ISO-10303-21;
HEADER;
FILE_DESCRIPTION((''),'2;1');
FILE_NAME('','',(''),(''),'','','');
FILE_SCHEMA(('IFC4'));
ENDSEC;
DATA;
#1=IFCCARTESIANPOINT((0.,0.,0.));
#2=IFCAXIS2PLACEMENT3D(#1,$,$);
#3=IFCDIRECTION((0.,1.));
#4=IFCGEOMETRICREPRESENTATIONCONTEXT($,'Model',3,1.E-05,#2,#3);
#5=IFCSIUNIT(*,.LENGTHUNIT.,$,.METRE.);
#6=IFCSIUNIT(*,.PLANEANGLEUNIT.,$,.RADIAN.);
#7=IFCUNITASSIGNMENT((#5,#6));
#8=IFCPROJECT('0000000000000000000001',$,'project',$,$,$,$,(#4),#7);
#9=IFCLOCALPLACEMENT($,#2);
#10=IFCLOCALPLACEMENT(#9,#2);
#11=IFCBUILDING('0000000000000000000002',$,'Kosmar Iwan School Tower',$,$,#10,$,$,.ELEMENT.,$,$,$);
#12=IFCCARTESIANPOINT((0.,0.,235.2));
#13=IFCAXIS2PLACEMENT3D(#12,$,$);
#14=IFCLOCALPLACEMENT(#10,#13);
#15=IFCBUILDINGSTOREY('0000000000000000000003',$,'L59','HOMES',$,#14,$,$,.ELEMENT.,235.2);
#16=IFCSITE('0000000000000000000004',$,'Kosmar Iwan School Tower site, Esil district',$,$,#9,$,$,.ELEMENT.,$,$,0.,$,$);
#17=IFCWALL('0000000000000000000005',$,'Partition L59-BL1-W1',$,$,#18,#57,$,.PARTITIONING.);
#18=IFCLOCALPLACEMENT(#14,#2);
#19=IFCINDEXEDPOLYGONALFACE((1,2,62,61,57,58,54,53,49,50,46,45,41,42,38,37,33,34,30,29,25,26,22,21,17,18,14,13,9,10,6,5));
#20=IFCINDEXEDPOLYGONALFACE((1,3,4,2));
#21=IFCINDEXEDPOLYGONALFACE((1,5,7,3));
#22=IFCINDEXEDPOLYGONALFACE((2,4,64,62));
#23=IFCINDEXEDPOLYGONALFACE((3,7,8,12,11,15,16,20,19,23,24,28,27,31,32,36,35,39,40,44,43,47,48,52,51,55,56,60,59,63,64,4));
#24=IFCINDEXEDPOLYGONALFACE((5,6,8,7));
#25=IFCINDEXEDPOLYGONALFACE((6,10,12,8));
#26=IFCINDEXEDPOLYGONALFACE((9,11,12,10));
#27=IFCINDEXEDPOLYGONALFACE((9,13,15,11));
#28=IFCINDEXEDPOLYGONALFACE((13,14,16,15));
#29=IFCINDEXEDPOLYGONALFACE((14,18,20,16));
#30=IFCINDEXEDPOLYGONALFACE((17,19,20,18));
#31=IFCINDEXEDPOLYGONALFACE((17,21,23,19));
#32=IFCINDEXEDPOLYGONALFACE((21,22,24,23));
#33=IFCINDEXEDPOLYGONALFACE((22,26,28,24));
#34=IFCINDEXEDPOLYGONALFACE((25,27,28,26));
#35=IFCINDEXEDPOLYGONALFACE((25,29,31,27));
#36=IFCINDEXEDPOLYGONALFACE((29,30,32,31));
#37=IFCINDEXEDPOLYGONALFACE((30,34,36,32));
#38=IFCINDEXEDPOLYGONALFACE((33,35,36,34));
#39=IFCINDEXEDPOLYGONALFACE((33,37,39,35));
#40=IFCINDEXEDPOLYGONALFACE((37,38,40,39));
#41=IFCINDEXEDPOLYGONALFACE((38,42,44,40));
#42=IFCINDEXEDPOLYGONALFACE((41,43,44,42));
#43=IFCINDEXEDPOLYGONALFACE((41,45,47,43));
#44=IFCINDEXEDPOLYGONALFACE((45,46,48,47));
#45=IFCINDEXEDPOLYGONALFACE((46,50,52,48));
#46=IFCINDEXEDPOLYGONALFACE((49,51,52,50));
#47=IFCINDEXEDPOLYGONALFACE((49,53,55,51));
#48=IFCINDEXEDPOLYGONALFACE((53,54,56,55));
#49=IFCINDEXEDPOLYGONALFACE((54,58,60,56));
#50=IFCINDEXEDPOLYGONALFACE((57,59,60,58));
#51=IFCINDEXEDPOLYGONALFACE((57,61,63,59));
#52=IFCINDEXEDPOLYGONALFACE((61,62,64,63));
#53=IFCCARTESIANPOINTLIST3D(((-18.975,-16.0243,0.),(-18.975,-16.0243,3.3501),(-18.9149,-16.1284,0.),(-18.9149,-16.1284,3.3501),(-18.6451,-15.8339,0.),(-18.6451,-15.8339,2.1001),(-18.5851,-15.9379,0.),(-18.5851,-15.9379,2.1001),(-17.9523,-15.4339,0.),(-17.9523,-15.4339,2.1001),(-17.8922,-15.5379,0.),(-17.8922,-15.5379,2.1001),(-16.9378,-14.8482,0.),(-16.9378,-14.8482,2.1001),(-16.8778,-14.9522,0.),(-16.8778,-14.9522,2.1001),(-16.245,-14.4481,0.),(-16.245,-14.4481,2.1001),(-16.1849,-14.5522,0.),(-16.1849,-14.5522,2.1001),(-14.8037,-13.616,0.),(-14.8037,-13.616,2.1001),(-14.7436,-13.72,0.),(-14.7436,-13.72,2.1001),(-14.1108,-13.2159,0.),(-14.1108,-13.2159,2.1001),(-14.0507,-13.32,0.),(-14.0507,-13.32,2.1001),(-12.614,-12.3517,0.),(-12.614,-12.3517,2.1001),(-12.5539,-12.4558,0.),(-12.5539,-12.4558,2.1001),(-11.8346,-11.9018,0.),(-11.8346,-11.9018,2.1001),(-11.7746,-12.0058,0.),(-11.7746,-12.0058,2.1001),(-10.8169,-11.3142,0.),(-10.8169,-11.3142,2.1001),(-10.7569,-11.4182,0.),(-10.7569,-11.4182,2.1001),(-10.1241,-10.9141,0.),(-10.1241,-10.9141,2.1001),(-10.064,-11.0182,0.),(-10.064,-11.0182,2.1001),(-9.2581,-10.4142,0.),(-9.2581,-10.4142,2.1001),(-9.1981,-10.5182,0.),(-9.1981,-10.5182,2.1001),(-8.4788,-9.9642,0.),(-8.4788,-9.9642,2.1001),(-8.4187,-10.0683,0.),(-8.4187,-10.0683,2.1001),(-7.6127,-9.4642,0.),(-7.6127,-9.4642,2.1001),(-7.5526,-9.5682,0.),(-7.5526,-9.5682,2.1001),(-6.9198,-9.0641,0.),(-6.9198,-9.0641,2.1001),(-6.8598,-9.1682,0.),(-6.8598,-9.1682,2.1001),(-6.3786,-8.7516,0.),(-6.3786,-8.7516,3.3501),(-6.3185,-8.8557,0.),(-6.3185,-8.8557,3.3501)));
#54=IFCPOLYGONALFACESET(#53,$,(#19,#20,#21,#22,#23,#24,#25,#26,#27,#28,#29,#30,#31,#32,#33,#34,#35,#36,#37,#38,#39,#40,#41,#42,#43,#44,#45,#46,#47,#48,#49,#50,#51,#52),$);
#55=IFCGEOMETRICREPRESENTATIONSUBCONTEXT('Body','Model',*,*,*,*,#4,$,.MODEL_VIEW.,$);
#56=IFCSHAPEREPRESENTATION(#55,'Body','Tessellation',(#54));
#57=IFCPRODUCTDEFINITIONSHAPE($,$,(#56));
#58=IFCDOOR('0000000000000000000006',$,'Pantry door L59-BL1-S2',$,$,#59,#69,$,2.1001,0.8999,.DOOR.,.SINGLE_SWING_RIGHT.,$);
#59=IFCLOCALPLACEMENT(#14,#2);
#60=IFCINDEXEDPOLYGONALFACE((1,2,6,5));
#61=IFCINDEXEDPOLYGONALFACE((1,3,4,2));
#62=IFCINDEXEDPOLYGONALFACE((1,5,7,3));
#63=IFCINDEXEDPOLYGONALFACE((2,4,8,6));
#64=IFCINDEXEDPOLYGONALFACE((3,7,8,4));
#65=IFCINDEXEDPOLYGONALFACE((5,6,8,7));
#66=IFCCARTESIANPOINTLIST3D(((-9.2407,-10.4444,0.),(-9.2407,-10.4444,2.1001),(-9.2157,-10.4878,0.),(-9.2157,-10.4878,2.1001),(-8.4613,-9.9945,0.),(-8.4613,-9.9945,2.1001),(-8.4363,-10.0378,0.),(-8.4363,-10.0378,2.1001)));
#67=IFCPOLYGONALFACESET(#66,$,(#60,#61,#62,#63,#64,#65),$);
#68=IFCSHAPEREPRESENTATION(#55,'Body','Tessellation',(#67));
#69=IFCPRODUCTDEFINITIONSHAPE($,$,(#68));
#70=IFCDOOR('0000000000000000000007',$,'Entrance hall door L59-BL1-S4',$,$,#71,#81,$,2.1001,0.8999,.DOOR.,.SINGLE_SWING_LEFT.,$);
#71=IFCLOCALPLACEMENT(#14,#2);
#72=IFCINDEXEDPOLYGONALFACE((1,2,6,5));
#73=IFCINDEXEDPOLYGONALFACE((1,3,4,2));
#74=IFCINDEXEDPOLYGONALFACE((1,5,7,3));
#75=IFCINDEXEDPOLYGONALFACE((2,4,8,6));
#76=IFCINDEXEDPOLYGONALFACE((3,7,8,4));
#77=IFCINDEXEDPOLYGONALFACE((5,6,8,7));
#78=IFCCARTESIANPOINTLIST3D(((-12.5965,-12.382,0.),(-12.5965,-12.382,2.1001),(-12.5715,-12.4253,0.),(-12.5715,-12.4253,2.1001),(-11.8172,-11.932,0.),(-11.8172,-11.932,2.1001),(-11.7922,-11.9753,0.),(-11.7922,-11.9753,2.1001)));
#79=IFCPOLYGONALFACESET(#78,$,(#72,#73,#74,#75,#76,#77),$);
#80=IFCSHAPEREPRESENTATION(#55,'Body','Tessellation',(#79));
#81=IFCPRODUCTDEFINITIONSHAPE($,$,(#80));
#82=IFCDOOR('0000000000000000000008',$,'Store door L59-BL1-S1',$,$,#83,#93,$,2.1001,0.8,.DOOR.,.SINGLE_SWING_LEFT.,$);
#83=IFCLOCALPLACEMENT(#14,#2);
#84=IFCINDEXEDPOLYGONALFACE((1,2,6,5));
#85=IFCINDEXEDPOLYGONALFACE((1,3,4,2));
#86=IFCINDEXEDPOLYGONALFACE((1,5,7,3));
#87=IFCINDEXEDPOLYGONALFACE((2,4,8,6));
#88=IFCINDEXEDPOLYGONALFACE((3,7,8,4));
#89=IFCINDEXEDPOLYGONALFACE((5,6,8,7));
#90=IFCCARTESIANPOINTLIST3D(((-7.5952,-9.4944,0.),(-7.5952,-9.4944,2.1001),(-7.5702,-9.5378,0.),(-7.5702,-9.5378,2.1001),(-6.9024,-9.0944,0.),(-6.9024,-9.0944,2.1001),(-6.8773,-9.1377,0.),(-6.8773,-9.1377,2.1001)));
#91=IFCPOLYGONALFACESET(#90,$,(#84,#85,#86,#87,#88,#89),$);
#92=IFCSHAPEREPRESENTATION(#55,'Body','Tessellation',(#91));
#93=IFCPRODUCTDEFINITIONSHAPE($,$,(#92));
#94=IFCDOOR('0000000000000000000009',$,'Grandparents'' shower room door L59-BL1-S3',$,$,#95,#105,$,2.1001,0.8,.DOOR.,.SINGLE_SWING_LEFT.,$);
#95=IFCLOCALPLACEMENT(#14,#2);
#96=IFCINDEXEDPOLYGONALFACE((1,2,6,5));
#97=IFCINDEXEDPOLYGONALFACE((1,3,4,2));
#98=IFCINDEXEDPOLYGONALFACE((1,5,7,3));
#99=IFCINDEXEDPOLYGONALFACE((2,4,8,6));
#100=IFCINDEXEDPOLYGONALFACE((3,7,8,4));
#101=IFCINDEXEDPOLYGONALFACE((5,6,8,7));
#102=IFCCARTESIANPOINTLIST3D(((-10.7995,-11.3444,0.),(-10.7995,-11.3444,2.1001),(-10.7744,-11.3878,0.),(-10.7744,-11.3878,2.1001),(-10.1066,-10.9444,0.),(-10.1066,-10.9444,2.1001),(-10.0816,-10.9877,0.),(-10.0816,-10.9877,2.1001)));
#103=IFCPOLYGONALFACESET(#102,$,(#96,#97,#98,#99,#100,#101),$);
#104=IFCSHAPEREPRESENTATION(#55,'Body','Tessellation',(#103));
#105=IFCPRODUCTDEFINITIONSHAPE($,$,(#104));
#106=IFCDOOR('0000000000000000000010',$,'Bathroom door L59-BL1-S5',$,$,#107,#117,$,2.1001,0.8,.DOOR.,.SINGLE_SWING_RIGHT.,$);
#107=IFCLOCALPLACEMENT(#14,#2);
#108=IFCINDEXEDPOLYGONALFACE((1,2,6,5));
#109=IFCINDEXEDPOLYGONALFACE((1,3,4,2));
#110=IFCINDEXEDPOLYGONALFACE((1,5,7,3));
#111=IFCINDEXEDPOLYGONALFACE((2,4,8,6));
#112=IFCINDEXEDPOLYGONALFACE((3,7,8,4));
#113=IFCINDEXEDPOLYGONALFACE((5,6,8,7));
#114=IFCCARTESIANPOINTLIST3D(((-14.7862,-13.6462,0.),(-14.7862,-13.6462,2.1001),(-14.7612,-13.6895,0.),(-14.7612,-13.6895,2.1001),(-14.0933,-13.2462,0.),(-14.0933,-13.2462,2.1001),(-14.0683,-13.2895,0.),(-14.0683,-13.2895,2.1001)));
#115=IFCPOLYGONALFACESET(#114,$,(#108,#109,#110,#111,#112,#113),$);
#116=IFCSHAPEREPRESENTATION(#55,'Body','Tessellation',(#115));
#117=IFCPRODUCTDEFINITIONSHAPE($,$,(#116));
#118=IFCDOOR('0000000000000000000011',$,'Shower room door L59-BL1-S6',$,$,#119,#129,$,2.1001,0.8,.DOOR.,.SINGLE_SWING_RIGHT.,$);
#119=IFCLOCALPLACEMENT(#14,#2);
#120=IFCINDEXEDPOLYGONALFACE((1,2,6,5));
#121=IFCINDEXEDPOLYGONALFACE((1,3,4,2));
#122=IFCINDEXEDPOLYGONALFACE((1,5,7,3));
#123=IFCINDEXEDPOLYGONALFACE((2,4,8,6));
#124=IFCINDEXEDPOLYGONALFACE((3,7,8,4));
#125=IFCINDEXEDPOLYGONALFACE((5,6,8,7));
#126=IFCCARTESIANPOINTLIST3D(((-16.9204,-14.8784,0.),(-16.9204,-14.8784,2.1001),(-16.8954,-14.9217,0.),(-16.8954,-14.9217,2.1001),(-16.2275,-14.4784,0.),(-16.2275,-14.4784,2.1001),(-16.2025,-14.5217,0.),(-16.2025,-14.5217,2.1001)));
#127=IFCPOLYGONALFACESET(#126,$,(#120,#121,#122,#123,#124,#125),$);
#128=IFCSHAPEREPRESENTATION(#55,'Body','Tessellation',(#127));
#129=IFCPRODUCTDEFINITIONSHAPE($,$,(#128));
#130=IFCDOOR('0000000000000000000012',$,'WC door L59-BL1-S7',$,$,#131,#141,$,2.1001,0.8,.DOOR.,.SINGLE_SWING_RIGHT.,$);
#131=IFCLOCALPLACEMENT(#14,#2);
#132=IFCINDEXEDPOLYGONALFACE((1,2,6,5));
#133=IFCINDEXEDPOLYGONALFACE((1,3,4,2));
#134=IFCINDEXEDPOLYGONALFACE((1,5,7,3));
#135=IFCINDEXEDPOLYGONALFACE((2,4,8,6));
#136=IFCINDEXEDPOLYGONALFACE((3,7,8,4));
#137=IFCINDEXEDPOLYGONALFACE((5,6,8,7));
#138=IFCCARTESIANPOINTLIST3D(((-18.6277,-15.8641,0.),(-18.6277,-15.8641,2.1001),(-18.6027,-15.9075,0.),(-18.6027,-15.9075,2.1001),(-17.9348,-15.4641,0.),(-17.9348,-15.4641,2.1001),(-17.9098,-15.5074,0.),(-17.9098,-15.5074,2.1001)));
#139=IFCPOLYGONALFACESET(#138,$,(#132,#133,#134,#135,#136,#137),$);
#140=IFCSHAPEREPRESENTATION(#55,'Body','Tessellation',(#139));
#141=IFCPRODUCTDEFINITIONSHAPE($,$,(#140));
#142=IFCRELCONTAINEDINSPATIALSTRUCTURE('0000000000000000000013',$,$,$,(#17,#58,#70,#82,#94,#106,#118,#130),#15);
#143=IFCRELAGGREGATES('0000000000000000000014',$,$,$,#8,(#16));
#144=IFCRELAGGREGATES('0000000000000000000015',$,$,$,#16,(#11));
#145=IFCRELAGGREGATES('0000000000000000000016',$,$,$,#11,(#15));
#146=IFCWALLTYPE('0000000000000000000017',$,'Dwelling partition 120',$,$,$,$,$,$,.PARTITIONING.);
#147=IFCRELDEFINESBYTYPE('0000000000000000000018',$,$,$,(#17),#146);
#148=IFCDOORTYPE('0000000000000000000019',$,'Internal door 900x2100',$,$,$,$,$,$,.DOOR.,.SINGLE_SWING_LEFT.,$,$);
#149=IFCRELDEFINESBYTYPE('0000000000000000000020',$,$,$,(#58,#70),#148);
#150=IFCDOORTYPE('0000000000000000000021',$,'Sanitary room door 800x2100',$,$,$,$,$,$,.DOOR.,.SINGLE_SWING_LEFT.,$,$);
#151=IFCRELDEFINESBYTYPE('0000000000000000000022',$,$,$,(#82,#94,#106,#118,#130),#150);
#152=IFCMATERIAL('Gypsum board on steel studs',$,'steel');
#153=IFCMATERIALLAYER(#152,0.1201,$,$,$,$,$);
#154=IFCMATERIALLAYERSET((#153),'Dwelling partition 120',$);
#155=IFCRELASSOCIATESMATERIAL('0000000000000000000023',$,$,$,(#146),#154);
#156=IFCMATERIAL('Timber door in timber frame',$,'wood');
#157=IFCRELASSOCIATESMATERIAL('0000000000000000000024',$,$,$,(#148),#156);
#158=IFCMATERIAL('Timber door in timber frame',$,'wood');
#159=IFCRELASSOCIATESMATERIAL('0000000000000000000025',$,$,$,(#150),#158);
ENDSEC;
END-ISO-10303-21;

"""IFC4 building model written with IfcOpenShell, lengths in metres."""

from ifc_helpers import new_model, si_unit, direction, frame, frame_2d, origin, place, context, subcontext, project, spatial, rectangle, extrude, material, layer, layer_set, type_object, element, fill, save


model = new_model("IFC4")

# Units and contexts
model_context = context("Model", 3, precision=1e-05, world=origin(), true_north=direction((0.0, 1.0)))
body_context = subcontext(model_context, "Body", "Model", "MODEL_VIEW")
ifc_project = project(units=[si_unit("LENGTHUNIT", "METRE"), si_unit("PLANEANGLEUNIT", "RADIAN")], contexts=[model_context])

# Site, building, storey
site_placement = place(None, origin())
site = spatial("IfcSite", under=ifc_project, at=site_placement, Name="Kosmar Iwan School Tower site, Esil district", CompositionType="ELEMENT", RefElevation=0.0)
building_placement = place(site_placement, origin())
building = spatial("IfcBuilding", under=site, at=building_placement, Name="Kosmar Iwan School Tower", CompositionType="ELEMENT")
storey_placement = place(building_placement, frame((0.0, 0.0, 235.2)))
storey = spatial("IfcBuildingStorey", under=building, at=storey_placement, Name="L59", Description="HOMES", CompositionType="ELEMENT", Elevation=235.2)

# Wall, openings, doors
ifc_material_1 = material(Name="Gypsum board on steel studs", Category="steel")
ifc_layer_1 = layer(ifc_material_1, 0.1201)
ifc_layer_set_1 = layer_set([ifc_layer_1], Name="Dwelling partition 120")
wall_type_1 = type_object("IfcWallType", Name="Dwelling partition 120", PredefinedType="PARTITIONING", material=ifc_layer_set_1)
wall_1_placement = place(storey_placement, frame((-6.3486, -8.8037, 0.0), z_axis=(0.0, 0.0, 1.0), x_axis=(-0.866021, -0.500008, 0.0)))
wall_1 = element("IfcWall", 1, at=wall_1_placement, inside=storey, type_object=wall_type_1, Name="Partition L59-BL1-W1", PredefinedType="PARTITIONING", context=body_context, shape_type="SweptSolid", body=[
    extrude(rectangle(XDim=14.5452, YDim=0.1201, at=frame_2d((7.2725, 0.0))), origin(), (0.0, 0.0, 1.0), 3.3501),
])
opening_1_placement = place(wall_1_placement, frame((0.625, 0.0, 0.0)))
opening_1 = element("IfcOpeningElement", 2, at=opening_1_placement, cuts=wall_1, PredefinedType="OPENING", context=body_context, shape_type="SweptSolid", body=[
    extrude(rectangle(XDim=0.8, YDim=2.1001, at=frame_2d((0.3999, 1.05))), frame((0.0, 0.072, 0.0), z_axis=(0.0, -1.0, 0.0), x_axis=(1.0, 0.0, 0.0)), (0.0, 0.0, 1.0), 0.144),
])
opening_2_placement = place(wall_1_placement, frame((2.425, 0.0, 0.0)))
opening_2 = element("IfcOpeningElement", 3, at=opening_2_placement, cuts=wall_1, PredefinedType="OPENING", context=body_context, shape_type="SweptSolid", body=[
    extrude(rectangle(XDim=0.8999, YDim=2.1001, at=frame_2d((0.45, 1.05))), frame((0.0, 0.072, 0.0), z_axis=(0.0, -1.0, 0.0), x_axis=(1.0, 0.0, 0.0)), (0.0, 0.0, 1.0), 0.144),
])
opening_3_placement = place(wall_1_placement, frame((4.325, 0.0, 0.0)))
opening_3 = element("IfcOpeningElement", 4, at=opening_3_placement, cuts=wall_1, PredefinedType="OPENING", context=body_context, shape_type="SweptSolid", body=[
    extrude(rectangle(XDim=0.8, YDim=2.1001, at=frame_2d((0.3999, 1.05))), frame((0.0, 0.072, 0.0), z_axis=(0.0, -1.0, 0.0), x_axis=(1.0, 0.0, 0.0)), (0.0, 0.0, 1.0), 0.144),
])
opening_4_placement = place(wall_1_placement, frame((6.3, 0.0, 0.0)))
opening_4 = element("IfcOpeningElement", 5, at=opening_4_placement, cuts=wall_1, PredefinedType="OPENING", context=body_context, shape_type="SweptSolid", body=[
    extrude(rectangle(XDim=0.8999, YDim=2.1001, at=frame_2d((0.45, 1.05))), frame((0.0, 0.072, 0.0), z_axis=(0.0, -1.0, 0.0), x_axis=(1.0, 0.0, 0.0)), (0.0, 0.0, 1.0), 0.144),
])
opening_5_placement = place(wall_1_placement, frame((8.9285, 0.0, 0.0)))
opening_5 = element("IfcOpeningElement", 6, at=opening_5_placement, cuts=wall_1, PredefinedType="OPENING", context=body_context, shape_type="SweptSolid", body=[
    extrude(rectangle(XDim=0.8, YDim=2.1001, at=frame_2d((0.3999, 1.05))), frame((0.0, 0.072, 0.0), z_axis=(0.0, -1.0, 0.0), x_axis=(1.0, 0.0, 0.0)), (0.0, 0.0, 1.0), 0.144),
])
opening_6_placement = place(wall_1_placement, frame((11.3928, 0.0, 0.0)))
opening_6 = element("IfcOpeningElement", 7, at=opening_6_placement, cuts=wall_1, PredefinedType="OPENING", context=body_context, shape_type="SweptSolid", body=[
    extrude(rectangle(XDim=0.8, YDim=2.1001, at=frame_2d((0.3999, 1.05))), frame((0.0, 0.072, 0.0), z_axis=(0.0, -1.0, 0.0), x_axis=(1.0, 0.0, 0.0)), (0.0, 0.0, 1.0), 0.144),
])
opening_7_placement = place(wall_1_placement, frame((13.3643, 0.0, 0.0)))
opening_7 = element("IfcOpeningElement", 8, at=opening_7_placement, cuts=wall_1, PredefinedType="OPENING", context=body_context, shape_type="SweptSolid", body=[
    extrude(rectangle(XDim=0.8, YDim=2.1001, at=frame_2d((0.3999, 1.05))), frame((0.0, 0.072, 0.0), z_axis=(0.0, -1.0, 0.0), x_axis=(1.0, 0.0, 0.0)), (0.0, 0.0, 1.0), 0.144),
])
ifc_material_2 = material(Name="Timber door in timber frame", Category="wood")
door_type_1 = type_object("IfcDoorType", Name="Internal door 900x2100", OperationType="SINGLE_SWING_LEFT", PredefinedType="DOOR", material=ifc_material_2)
door_1_placement = place(opening_2_placement, origin())
door_1 = element("IfcDoor", 9, at=door_1_placement, inside=storey, type_object=door_type_1, Name="Pantry door L59-BL1-S2", OperationType="SINGLE_SWING_RIGHT", OverallHeight=2.1001, OverallWidth=0.8999, PredefinedType="DOOR", context=body_context, shape_type="SweptSolid", body=[
    extrude(rectangle(XDim=0.8999, YDim=2.1001, at=frame_2d((0.45, 1.05))), frame((0.0, 0.0249, 0.0), z_axis=(0.0, -1.0, 0.0), x_axis=(1.0, 0.0, 0.0)), (0.0, 0.0, 1.0), 0.05),
])
fill(opening_2, door_1)
door_2_placement = place(opening_4_placement, origin())
door_2 = element("IfcDoor", 10, at=door_2_placement, inside=storey, type_object=door_type_1, Name="Entrance hall door L59-BL1-S4", OperationType="SINGLE_SWING_LEFT", OverallHeight=2.1001, OverallWidth=0.8999, PredefinedType="DOOR", context=body_context, shape_type="SweptSolid", body=[
    extrude(rectangle(XDim=0.8999, YDim=2.1001, at=frame_2d((0.45, 1.05))), frame((0.0, 0.0249, 0.0), z_axis=(0.0, -1.0, 0.0), x_axis=(1.0, 0.0, 0.0)), (0.0, 0.0, 1.0), 0.05),
])
fill(opening_4, door_2)
ifc_material_3 = material(Name="Timber door in timber frame", Category="wood")
door_type_2 = type_object("IfcDoorType", Name="Sanitary room door 800x2100", OperationType="SINGLE_SWING_LEFT", PredefinedType="DOOR", material=ifc_material_3)
door_3_placement = place(opening_1_placement, origin())
door_3 = element("IfcDoor", 11, at=door_3_placement, inside=storey, type_object=door_type_2, Name="Store door L59-BL1-S1", OperationType="SINGLE_SWING_LEFT", OverallHeight=2.1001, OverallWidth=0.8, PredefinedType="DOOR", context=body_context, shape_type="SweptSolid", body=[
    extrude(rectangle(XDim=0.8, YDim=2.1001, at=frame_2d((0.3999, 1.05))), frame((0.0, 0.0249, 0.0), z_axis=(0.0, -1.0, 0.0), x_axis=(1.0, 0.0, 0.0)), (0.0, 0.0, 1.0), 0.05),
])
fill(opening_1, door_3)
door_4_placement = place(opening_3_placement, origin())
door_4 = element("IfcDoor", 12, at=door_4_placement, inside=storey, type_object=door_type_2, Name="Grandparents' shower room door L59-BL1-S3", OperationType="SINGLE_SWING_LEFT", OverallHeight=2.1001, OverallWidth=0.8, PredefinedType="DOOR", context=body_context, shape_type="SweptSolid", body=[
    extrude(rectangle(XDim=0.8, YDim=2.1001, at=frame_2d((0.3999, 1.05))), frame((0.0, 0.0249, 0.0), z_axis=(0.0, -1.0, 0.0), x_axis=(1.0, 0.0, 0.0)), (0.0, 0.0, 1.0), 0.05),
])
fill(opening_3, door_4)
door_5_placement = place(opening_5_placement, origin())
door_5 = element("IfcDoor", 13, at=door_5_placement, inside=storey, type_object=door_type_2, Name="Bathroom door L59-BL1-S5", OperationType="SINGLE_SWING_RIGHT", OverallHeight=2.1001, OverallWidth=0.8, PredefinedType="DOOR", context=body_context, shape_type="SweptSolid", body=[
    extrude(rectangle(XDim=0.8, YDim=2.1001, at=frame_2d((0.3999, 1.05))), frame((0.0, 0.0249, 0.0), z_axis=(0.0, -1.0, 0.0), x_axis=(1.0, 0.0, 0.0)), (0.0, 0.0, 1.0), 0.05),
])
fill(opening_5, door_5)
door_6_placement = place(opening_6_placement, origin())
door_6 = element("IfcDoor", 14, at=door_6_placement, inside=storey, type_object=door_type_2, Name="Shower room door L59-BL1-S6", OperationType="SINGLE_SWING_RIGHT", OverallHeight=2.1001, OverallWidth=0.8, PredefinedType="DOOR", context=body_context, shape_type="SweptSolid", body=[
    extrude(rectangle(XDim=0.8, YDim=2.1001, at=frame_2d((0.3999, 1.05))), frame((0.0, 0.0249, 0.0), z_axis=(0.0, -1.0, 0.0), x_axis=(1.0, 0.0, 0.0)), (0.0, 0.0, 1.0), 0.05),
])
fill(opening_6, door_6)
door_7_placement = place(opening_7_placement, origin())
door_7 = element("IfcDoor", 15, at=door_7_placement, inside=storey, type_object=door_type_2, Name="WC door L59-BL1-S7", OperationType="SINGLE_SWING_RIGHT", OverallHeight=2.1001, OverallWidth=0.8, PredefinedType="DOOR", context=body_context, shape_type="SweptSolid", body=[
    extrude(rectangle(XDim=0.8, YDim=2.1001, at=frame_2d((0.3999, 1.05))), frame((0.0, 0.0249, 0.0), z_axis=(0.0, -1.0, 0.0), x_axis=(1.0, 0.0, 0.0)), (0.0, 0.0, 1.0), 0.05),
])
fill(opening_7, door_7)

save(model, "model.ifc")
